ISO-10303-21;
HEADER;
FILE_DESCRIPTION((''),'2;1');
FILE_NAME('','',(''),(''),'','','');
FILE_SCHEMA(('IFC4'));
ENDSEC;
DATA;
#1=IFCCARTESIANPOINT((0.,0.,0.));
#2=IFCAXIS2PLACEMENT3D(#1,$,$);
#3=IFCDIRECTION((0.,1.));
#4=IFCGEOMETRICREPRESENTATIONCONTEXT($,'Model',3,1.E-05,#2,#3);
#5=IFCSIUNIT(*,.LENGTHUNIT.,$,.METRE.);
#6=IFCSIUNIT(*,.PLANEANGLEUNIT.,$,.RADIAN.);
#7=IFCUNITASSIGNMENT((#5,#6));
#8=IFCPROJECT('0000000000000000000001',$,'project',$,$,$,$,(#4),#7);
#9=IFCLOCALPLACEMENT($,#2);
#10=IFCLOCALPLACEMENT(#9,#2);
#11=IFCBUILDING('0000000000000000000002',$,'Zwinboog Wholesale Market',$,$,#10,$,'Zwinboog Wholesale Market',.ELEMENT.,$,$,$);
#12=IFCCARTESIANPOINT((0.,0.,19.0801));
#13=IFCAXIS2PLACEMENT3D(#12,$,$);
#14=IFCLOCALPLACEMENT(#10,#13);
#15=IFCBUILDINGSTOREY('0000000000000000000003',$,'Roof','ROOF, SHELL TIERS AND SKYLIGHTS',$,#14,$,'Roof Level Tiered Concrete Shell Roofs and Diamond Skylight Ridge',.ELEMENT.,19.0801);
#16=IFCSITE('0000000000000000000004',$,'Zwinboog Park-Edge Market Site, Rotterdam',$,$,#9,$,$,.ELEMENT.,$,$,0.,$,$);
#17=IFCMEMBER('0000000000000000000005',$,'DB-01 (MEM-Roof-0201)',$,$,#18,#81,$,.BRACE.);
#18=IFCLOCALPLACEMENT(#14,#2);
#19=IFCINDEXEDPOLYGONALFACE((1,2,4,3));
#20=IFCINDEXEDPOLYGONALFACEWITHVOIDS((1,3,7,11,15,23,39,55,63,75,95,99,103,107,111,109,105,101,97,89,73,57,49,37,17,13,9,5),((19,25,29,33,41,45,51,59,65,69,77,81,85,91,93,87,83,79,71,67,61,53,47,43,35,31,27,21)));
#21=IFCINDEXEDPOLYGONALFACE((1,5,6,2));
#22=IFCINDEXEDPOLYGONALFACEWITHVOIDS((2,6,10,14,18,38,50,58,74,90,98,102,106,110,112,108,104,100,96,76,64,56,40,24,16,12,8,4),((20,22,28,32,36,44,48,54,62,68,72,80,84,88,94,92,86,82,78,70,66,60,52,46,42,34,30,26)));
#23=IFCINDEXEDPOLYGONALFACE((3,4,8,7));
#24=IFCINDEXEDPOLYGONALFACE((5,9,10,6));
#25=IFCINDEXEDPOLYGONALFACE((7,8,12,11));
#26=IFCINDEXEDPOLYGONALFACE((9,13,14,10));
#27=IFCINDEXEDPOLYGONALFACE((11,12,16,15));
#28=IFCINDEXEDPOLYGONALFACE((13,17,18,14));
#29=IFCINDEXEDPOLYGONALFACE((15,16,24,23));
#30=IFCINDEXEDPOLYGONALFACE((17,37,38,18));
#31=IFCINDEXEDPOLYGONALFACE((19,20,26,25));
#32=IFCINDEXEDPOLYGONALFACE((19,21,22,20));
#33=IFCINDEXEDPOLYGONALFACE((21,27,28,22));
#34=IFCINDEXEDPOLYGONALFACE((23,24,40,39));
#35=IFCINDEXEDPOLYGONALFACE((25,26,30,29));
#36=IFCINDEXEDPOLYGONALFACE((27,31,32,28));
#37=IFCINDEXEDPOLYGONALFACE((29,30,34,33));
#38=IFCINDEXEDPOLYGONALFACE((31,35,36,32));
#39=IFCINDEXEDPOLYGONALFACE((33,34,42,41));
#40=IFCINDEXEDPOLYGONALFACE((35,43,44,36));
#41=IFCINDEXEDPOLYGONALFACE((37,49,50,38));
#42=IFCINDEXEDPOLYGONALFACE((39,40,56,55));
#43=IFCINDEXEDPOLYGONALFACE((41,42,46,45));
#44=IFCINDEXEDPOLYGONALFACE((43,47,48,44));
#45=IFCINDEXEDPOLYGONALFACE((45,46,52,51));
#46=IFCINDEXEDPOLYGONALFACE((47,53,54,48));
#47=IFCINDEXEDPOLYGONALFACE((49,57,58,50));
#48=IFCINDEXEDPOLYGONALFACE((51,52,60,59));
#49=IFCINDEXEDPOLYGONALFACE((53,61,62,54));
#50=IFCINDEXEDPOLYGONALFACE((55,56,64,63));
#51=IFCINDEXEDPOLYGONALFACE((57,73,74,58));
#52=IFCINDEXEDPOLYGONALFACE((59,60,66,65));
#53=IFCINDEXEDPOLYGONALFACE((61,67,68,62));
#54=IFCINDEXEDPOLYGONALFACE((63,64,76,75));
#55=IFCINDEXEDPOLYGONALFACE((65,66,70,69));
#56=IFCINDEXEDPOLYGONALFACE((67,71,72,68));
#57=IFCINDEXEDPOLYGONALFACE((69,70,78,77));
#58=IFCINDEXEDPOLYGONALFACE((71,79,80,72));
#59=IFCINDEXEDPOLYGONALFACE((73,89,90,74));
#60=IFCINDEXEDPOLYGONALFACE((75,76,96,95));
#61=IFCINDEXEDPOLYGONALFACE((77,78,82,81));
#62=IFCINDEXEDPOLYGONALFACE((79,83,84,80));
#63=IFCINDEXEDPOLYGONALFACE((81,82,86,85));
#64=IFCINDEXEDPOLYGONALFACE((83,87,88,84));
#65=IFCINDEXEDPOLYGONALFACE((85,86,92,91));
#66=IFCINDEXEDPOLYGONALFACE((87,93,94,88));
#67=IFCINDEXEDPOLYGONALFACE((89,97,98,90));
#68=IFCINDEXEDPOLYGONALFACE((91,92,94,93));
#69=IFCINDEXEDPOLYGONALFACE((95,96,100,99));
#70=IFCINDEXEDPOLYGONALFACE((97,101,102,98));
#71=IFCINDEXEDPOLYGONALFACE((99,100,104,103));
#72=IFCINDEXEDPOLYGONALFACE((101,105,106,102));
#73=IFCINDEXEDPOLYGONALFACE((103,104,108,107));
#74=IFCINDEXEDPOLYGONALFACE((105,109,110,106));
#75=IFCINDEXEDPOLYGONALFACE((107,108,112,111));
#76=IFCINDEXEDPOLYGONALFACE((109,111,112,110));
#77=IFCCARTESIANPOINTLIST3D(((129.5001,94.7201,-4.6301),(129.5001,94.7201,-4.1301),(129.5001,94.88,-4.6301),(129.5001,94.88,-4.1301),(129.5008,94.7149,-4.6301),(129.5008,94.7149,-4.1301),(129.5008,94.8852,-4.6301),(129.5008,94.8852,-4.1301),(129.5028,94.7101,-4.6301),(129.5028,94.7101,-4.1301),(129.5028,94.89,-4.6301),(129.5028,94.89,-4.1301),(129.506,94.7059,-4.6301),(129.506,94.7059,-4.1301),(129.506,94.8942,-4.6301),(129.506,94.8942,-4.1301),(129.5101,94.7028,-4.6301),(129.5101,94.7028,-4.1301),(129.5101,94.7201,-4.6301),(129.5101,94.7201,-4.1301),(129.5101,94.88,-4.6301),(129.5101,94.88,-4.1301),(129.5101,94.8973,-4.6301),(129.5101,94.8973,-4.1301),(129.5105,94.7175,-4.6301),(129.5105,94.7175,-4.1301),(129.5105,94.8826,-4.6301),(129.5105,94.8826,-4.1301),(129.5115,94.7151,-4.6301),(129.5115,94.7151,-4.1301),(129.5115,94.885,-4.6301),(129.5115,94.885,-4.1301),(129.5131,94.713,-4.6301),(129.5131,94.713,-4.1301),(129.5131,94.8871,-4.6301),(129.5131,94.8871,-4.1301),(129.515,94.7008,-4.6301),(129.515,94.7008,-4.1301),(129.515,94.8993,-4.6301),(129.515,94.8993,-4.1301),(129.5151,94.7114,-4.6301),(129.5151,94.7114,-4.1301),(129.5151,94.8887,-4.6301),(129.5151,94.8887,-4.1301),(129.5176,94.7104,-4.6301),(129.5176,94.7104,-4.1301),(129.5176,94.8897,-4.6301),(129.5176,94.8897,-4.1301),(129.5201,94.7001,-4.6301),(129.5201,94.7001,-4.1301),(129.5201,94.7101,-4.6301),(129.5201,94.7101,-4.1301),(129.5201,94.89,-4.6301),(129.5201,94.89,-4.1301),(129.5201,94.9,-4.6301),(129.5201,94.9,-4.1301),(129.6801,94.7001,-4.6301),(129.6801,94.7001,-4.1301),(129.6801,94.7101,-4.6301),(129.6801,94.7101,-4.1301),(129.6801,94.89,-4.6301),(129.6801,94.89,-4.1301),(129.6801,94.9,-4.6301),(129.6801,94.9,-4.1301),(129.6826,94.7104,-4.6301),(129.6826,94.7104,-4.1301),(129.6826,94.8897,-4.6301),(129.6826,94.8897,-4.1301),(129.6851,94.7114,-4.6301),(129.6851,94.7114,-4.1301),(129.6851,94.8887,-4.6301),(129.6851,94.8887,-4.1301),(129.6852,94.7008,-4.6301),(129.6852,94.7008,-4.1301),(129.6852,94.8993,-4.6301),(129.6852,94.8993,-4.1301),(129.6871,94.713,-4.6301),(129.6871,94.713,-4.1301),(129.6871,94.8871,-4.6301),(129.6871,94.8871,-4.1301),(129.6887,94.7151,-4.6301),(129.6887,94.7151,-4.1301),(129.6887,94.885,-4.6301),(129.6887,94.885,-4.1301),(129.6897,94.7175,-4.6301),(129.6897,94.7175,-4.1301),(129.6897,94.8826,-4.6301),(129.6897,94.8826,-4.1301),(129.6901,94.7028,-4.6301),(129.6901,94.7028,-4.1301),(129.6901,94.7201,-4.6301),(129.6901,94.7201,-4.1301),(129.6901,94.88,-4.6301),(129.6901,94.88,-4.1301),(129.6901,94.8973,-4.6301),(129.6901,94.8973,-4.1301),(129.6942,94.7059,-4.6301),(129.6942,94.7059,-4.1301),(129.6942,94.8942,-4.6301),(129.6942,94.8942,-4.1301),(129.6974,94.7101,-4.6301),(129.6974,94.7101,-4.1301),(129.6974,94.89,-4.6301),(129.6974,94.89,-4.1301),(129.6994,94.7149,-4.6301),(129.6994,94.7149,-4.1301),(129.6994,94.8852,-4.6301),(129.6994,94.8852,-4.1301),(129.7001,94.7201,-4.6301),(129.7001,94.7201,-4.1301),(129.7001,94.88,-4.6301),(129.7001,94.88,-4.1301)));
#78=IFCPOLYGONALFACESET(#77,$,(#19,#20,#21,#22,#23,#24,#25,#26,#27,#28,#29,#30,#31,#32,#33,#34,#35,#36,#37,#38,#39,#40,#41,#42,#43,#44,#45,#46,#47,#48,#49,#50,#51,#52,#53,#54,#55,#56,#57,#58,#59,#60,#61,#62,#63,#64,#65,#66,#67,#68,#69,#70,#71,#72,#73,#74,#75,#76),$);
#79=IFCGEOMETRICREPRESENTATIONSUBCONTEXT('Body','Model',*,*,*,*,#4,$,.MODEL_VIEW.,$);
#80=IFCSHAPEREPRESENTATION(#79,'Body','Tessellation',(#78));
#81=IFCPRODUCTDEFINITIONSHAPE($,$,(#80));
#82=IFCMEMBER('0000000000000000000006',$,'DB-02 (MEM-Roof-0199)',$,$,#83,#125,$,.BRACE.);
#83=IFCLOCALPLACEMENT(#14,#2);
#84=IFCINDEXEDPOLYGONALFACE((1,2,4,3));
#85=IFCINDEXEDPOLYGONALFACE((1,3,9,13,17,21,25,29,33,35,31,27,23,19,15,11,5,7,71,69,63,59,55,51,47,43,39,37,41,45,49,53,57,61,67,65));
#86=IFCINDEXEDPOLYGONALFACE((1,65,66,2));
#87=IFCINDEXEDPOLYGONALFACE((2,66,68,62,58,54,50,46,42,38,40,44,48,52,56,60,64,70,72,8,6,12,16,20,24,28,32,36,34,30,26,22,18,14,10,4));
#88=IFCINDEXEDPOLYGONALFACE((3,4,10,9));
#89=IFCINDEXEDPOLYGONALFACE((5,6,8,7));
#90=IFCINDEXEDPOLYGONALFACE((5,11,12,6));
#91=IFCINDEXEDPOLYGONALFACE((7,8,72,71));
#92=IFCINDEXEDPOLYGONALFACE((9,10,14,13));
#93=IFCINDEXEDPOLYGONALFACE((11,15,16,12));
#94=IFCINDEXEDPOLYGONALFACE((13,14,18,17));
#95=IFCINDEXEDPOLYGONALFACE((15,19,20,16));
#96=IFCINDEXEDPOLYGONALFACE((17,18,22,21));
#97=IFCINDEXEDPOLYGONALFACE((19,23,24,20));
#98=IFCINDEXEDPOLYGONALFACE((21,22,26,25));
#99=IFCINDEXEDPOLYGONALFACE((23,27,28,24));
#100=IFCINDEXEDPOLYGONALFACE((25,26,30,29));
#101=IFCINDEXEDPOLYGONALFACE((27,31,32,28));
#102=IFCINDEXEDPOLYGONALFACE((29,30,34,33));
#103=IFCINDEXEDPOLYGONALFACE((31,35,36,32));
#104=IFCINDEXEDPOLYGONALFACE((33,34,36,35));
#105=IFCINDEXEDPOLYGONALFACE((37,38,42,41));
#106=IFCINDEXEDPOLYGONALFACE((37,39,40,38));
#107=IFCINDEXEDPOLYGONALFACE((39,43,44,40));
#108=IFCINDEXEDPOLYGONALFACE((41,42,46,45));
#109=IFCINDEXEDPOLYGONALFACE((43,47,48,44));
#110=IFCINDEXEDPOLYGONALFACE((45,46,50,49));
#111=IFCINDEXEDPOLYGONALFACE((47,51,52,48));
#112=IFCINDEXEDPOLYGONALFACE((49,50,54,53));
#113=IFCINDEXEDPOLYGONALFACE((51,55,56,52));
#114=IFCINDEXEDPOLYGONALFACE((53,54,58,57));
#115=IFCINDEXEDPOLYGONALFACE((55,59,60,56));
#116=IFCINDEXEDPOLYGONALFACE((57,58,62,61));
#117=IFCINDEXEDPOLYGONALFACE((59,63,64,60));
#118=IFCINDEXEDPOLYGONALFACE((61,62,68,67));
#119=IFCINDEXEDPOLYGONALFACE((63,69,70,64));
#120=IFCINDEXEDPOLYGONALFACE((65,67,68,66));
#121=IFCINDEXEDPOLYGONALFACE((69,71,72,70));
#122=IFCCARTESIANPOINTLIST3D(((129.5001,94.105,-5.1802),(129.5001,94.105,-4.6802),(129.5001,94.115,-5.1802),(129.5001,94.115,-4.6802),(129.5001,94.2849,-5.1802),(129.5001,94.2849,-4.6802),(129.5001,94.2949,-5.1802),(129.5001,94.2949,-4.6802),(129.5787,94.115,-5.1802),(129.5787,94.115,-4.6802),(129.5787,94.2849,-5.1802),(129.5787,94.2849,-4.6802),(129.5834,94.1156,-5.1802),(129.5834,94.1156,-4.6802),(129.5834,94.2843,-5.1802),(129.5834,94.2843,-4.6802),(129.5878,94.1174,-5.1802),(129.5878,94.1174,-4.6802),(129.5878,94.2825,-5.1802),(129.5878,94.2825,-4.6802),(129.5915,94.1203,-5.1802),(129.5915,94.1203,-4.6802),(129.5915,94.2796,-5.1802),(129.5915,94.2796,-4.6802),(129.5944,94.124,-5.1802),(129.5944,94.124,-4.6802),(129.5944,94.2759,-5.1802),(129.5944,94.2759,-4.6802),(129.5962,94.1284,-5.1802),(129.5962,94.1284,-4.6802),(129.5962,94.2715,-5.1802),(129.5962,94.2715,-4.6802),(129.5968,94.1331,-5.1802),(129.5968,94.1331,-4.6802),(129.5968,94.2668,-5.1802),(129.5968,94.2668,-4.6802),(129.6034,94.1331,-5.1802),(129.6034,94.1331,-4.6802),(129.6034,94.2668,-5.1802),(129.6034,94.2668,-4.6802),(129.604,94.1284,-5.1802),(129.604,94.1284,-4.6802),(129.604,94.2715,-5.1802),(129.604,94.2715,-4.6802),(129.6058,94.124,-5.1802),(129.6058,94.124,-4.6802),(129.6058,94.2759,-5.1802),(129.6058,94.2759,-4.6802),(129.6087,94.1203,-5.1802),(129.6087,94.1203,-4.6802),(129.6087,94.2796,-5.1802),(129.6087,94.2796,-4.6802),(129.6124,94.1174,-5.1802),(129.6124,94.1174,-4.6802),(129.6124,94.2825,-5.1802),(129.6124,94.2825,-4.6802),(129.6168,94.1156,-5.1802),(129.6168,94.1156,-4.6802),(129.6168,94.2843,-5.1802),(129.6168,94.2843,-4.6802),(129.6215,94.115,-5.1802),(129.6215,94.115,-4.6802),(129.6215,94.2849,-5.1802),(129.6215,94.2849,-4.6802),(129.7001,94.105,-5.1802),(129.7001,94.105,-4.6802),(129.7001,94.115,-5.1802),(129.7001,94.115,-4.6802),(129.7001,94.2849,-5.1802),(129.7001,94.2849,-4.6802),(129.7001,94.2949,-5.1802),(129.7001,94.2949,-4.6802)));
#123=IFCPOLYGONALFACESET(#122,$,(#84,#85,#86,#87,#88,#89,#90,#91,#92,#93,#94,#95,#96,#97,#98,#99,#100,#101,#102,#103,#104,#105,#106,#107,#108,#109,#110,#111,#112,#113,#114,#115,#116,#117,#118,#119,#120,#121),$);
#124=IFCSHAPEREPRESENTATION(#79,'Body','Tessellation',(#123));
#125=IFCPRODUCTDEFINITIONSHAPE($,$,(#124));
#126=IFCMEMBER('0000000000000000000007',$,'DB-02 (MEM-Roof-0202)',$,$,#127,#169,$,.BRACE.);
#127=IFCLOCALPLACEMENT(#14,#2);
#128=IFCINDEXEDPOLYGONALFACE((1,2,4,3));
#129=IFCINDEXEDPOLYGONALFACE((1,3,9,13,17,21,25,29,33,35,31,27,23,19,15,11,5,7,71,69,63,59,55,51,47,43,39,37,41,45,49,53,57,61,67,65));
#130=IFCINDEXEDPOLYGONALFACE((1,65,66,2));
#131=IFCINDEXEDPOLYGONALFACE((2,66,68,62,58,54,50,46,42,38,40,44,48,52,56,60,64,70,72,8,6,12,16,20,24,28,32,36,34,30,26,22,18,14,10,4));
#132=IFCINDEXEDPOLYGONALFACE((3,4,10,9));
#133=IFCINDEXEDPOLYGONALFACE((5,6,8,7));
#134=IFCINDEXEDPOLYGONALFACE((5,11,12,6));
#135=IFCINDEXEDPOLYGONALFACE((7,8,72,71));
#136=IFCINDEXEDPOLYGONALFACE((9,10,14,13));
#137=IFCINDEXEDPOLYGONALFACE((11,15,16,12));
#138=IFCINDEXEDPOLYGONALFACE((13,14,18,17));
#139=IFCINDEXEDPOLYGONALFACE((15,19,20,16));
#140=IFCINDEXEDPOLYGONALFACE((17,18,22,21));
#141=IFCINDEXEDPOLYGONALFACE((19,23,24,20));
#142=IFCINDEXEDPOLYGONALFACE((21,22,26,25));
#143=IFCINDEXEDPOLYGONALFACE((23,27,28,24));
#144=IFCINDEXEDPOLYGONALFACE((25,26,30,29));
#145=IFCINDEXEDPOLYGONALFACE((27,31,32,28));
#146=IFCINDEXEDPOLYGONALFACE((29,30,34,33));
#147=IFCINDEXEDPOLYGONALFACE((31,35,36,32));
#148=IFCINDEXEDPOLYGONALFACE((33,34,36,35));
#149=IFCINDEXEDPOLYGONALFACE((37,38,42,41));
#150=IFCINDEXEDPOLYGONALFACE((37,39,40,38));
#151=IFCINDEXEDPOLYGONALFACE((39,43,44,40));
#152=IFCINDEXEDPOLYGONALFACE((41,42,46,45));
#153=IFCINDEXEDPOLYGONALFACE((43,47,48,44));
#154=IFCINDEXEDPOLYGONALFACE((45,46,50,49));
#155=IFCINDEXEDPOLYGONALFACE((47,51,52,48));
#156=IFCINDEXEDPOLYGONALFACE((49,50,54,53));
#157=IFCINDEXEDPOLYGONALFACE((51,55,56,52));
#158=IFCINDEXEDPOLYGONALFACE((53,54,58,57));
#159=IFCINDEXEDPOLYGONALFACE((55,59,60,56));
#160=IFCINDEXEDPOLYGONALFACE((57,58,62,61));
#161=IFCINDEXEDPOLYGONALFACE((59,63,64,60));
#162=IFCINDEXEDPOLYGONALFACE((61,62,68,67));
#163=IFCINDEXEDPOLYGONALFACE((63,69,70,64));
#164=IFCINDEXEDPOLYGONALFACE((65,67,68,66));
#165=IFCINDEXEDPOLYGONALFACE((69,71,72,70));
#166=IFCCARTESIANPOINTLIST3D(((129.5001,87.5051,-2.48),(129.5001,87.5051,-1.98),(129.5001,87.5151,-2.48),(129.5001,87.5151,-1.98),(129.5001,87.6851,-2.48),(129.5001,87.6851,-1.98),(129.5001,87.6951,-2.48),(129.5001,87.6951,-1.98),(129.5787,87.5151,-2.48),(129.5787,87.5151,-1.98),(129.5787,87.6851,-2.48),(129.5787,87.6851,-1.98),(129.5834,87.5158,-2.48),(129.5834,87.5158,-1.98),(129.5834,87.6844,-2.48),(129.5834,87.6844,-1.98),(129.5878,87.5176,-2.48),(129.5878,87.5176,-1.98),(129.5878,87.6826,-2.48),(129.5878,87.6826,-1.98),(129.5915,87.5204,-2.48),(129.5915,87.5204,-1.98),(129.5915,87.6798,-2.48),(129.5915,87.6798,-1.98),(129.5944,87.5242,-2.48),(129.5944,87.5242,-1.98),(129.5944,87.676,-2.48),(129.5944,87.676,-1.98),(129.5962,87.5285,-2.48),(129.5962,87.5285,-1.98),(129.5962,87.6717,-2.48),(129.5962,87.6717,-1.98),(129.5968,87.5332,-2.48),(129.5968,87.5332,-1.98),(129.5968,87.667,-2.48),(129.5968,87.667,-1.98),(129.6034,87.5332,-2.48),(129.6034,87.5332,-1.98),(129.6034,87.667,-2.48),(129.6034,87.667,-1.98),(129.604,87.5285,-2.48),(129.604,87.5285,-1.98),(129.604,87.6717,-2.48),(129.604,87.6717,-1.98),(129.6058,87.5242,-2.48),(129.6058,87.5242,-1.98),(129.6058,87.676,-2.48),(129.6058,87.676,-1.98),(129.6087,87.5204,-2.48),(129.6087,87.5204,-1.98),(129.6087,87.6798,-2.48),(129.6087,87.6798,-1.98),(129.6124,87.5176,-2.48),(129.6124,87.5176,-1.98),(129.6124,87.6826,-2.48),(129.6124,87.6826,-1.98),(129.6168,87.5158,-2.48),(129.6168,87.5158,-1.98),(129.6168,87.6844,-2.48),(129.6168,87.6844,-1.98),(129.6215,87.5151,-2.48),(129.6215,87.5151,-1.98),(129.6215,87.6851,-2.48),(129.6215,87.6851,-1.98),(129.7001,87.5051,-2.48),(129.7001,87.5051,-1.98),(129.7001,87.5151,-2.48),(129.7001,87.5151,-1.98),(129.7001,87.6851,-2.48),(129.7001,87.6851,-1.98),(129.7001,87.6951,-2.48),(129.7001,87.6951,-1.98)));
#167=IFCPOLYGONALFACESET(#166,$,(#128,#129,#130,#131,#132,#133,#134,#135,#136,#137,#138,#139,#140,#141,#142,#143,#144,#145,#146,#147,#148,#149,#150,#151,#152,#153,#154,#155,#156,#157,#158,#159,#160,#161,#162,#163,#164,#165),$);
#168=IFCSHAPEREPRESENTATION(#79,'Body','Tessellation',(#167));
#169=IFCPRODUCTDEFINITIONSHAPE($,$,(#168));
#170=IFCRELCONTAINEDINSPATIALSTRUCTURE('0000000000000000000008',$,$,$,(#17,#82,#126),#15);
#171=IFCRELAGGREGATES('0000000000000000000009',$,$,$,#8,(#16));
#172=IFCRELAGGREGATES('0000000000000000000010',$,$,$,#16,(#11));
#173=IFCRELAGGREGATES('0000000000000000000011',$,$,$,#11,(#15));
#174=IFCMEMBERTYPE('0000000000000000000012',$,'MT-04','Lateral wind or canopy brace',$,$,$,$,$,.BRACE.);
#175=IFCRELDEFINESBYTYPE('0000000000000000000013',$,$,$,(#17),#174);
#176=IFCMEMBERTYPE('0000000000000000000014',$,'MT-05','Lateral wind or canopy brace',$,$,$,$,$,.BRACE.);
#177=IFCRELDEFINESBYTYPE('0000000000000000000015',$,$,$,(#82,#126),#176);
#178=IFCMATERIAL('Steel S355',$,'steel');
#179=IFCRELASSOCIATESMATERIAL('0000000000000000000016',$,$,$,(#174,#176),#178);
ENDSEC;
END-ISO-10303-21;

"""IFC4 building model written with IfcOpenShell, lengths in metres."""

from ifc_helpers import new_model, si_unit, direction, frame, origin, origin_2d, place, context, subcontext, project, spatial, hollow_rectangle, i_section, extrude, material, material_profile, profile_set, type_object, element, save


model = new_model("IFC4")

# Units and contexts
model_context = context("Model", 3, precision=1e-05, world=origin(), true_north=direction((0.0, 1.0)))
body_context = subcontext(model_context, "Body", "Model", "MODEL_VIEW")
ifc_project = project(units=[si_unit("LENGTHUNIT", "METRE"), si_unit("PLANEANGLEUNIT", "RADIAN")], contexts=[model_context])

# Site, building, storey
site_placement = place(None, origin())
site = spatial("IfcSite", under=ifc_project, at=site_placement, Name="Zwinboog Park-Edge Market Site, Rotterdam", CompositionType="ELEMENT", RefElevation=0.0)
building_placement = place(site_placement, origin())
building = spatial("IfcBuilding", under=site, at=building_placement, Name="Zwinboog Wholesale Market", LongName="Zwinboog Wholesale Market", CompositionType="ELEMENT")
storey_placement = place(building_placement, frame((0.0, 0.0, 19.0801)))
storey = spatial("IfcBuildingStorey", under=building, at=storey_placement, Name="Roof", Description="ROOF, SHELL TIERS AND SKYLIGHTS", LongName="Roof Level Tiered Concrete Shell Roofs and Diamond Skylight Ridge", CompositionType="ELEMENT", Elevation=19.0801)

# Members
ifc_material_1 = material(Name="Steel S355", Category="steel")
ifc_material_profile_1 = material_profile(ifc_material_1, hollow_rectangle(XDim=0.2, YDim=0.2, WallThickness=0.01, InnerFilletRadius=0.01, OuterFilletRadius=0.02, at=origin_2d()), Name="SHS 200x200x10")
ifc_profile_set_1 = profile_set([ifc_material_profile_1], Name="Steel S355")
member_type_1 = type_object("IfcMemberType", Name="MT-04", Description="Lateral wind or canopy brace", PredefinedType="BRACE", material=ifc_profile_set_1)
member_1_placement = place(storey_placement, frame((129.6001, 94.8, -4.6301), z_axis=(0.0, 0.0, 1.0), x_axis=(1.0, 0.0, 0.0)))
element("IfcMember", 1, at=member_1_placement, inside=storey, type_object=member_type_1, Name="DB-01 (MEM-Roof-0201)", PredefinedType="BRACE", context=body_context, shape_type="SweptSolid", body=[
    extrude(hollow_rectangle(XDim=0.2, YDim=0.2, WallThickness=0.01, InnerFilletRadius=0.01, OuterFilletRadius=0.02, at=origin_2d()), origin(), (0.0, 0.0, 1.0), 0.5),
])
ifc_material_profile_2 = material_profile(ifc_material_1, i_section(OverallWidth=0.2, OverallDepth=0.1899, WebThickness=0.0066, FlangeThickness=0.01, FilletRadius=0.0181, at=origin_2d()), Name="HEA 200")
ifc_profile_set_2 = profile_set([ifc_material_profile_2], Name="Steel S355")
member_type_2 = type_object("IfcMemberType", Name="MT-05", Description="Lateral wind or canopy brace", PredefinedType="BRACE", material=ifc_profile_set_2)
for number, where, z_axis, x_axis, name in (
    (2, (129.6001, 94.2, -5.1802), (0.0, 0.0, 1.0), (1.0, 0.0, 0.0), "DB-02 (MEM-Roof-0199)"),
    (3, (129.6001, 87.6001, -2.48), (0.0, 0.0, 1.0), (1.0, 0.0, 0.0), "DB-02 (MEM-Roof-0202)"),
):
    element("IfcMember", number, at=place(storey_placement, frame(where, z_axis=z_axis, x_axis=x_axis)), inside=storey, type_object=member_type_2, Name=name, PredefinedType="BRACE", context=body_context, shape_type="SweptSolid", body=[
        extrude(i_section(OverallWidth=0.2, OverallDepth=0.1899, WebThickness=0.0066, FlangeThickness=0.01, FilletRadius=0.0181, at=origin_2d()), origin(), (0.0, 0.0, 1.0), 0.5),
    ])

save(model, "model.ifc")
